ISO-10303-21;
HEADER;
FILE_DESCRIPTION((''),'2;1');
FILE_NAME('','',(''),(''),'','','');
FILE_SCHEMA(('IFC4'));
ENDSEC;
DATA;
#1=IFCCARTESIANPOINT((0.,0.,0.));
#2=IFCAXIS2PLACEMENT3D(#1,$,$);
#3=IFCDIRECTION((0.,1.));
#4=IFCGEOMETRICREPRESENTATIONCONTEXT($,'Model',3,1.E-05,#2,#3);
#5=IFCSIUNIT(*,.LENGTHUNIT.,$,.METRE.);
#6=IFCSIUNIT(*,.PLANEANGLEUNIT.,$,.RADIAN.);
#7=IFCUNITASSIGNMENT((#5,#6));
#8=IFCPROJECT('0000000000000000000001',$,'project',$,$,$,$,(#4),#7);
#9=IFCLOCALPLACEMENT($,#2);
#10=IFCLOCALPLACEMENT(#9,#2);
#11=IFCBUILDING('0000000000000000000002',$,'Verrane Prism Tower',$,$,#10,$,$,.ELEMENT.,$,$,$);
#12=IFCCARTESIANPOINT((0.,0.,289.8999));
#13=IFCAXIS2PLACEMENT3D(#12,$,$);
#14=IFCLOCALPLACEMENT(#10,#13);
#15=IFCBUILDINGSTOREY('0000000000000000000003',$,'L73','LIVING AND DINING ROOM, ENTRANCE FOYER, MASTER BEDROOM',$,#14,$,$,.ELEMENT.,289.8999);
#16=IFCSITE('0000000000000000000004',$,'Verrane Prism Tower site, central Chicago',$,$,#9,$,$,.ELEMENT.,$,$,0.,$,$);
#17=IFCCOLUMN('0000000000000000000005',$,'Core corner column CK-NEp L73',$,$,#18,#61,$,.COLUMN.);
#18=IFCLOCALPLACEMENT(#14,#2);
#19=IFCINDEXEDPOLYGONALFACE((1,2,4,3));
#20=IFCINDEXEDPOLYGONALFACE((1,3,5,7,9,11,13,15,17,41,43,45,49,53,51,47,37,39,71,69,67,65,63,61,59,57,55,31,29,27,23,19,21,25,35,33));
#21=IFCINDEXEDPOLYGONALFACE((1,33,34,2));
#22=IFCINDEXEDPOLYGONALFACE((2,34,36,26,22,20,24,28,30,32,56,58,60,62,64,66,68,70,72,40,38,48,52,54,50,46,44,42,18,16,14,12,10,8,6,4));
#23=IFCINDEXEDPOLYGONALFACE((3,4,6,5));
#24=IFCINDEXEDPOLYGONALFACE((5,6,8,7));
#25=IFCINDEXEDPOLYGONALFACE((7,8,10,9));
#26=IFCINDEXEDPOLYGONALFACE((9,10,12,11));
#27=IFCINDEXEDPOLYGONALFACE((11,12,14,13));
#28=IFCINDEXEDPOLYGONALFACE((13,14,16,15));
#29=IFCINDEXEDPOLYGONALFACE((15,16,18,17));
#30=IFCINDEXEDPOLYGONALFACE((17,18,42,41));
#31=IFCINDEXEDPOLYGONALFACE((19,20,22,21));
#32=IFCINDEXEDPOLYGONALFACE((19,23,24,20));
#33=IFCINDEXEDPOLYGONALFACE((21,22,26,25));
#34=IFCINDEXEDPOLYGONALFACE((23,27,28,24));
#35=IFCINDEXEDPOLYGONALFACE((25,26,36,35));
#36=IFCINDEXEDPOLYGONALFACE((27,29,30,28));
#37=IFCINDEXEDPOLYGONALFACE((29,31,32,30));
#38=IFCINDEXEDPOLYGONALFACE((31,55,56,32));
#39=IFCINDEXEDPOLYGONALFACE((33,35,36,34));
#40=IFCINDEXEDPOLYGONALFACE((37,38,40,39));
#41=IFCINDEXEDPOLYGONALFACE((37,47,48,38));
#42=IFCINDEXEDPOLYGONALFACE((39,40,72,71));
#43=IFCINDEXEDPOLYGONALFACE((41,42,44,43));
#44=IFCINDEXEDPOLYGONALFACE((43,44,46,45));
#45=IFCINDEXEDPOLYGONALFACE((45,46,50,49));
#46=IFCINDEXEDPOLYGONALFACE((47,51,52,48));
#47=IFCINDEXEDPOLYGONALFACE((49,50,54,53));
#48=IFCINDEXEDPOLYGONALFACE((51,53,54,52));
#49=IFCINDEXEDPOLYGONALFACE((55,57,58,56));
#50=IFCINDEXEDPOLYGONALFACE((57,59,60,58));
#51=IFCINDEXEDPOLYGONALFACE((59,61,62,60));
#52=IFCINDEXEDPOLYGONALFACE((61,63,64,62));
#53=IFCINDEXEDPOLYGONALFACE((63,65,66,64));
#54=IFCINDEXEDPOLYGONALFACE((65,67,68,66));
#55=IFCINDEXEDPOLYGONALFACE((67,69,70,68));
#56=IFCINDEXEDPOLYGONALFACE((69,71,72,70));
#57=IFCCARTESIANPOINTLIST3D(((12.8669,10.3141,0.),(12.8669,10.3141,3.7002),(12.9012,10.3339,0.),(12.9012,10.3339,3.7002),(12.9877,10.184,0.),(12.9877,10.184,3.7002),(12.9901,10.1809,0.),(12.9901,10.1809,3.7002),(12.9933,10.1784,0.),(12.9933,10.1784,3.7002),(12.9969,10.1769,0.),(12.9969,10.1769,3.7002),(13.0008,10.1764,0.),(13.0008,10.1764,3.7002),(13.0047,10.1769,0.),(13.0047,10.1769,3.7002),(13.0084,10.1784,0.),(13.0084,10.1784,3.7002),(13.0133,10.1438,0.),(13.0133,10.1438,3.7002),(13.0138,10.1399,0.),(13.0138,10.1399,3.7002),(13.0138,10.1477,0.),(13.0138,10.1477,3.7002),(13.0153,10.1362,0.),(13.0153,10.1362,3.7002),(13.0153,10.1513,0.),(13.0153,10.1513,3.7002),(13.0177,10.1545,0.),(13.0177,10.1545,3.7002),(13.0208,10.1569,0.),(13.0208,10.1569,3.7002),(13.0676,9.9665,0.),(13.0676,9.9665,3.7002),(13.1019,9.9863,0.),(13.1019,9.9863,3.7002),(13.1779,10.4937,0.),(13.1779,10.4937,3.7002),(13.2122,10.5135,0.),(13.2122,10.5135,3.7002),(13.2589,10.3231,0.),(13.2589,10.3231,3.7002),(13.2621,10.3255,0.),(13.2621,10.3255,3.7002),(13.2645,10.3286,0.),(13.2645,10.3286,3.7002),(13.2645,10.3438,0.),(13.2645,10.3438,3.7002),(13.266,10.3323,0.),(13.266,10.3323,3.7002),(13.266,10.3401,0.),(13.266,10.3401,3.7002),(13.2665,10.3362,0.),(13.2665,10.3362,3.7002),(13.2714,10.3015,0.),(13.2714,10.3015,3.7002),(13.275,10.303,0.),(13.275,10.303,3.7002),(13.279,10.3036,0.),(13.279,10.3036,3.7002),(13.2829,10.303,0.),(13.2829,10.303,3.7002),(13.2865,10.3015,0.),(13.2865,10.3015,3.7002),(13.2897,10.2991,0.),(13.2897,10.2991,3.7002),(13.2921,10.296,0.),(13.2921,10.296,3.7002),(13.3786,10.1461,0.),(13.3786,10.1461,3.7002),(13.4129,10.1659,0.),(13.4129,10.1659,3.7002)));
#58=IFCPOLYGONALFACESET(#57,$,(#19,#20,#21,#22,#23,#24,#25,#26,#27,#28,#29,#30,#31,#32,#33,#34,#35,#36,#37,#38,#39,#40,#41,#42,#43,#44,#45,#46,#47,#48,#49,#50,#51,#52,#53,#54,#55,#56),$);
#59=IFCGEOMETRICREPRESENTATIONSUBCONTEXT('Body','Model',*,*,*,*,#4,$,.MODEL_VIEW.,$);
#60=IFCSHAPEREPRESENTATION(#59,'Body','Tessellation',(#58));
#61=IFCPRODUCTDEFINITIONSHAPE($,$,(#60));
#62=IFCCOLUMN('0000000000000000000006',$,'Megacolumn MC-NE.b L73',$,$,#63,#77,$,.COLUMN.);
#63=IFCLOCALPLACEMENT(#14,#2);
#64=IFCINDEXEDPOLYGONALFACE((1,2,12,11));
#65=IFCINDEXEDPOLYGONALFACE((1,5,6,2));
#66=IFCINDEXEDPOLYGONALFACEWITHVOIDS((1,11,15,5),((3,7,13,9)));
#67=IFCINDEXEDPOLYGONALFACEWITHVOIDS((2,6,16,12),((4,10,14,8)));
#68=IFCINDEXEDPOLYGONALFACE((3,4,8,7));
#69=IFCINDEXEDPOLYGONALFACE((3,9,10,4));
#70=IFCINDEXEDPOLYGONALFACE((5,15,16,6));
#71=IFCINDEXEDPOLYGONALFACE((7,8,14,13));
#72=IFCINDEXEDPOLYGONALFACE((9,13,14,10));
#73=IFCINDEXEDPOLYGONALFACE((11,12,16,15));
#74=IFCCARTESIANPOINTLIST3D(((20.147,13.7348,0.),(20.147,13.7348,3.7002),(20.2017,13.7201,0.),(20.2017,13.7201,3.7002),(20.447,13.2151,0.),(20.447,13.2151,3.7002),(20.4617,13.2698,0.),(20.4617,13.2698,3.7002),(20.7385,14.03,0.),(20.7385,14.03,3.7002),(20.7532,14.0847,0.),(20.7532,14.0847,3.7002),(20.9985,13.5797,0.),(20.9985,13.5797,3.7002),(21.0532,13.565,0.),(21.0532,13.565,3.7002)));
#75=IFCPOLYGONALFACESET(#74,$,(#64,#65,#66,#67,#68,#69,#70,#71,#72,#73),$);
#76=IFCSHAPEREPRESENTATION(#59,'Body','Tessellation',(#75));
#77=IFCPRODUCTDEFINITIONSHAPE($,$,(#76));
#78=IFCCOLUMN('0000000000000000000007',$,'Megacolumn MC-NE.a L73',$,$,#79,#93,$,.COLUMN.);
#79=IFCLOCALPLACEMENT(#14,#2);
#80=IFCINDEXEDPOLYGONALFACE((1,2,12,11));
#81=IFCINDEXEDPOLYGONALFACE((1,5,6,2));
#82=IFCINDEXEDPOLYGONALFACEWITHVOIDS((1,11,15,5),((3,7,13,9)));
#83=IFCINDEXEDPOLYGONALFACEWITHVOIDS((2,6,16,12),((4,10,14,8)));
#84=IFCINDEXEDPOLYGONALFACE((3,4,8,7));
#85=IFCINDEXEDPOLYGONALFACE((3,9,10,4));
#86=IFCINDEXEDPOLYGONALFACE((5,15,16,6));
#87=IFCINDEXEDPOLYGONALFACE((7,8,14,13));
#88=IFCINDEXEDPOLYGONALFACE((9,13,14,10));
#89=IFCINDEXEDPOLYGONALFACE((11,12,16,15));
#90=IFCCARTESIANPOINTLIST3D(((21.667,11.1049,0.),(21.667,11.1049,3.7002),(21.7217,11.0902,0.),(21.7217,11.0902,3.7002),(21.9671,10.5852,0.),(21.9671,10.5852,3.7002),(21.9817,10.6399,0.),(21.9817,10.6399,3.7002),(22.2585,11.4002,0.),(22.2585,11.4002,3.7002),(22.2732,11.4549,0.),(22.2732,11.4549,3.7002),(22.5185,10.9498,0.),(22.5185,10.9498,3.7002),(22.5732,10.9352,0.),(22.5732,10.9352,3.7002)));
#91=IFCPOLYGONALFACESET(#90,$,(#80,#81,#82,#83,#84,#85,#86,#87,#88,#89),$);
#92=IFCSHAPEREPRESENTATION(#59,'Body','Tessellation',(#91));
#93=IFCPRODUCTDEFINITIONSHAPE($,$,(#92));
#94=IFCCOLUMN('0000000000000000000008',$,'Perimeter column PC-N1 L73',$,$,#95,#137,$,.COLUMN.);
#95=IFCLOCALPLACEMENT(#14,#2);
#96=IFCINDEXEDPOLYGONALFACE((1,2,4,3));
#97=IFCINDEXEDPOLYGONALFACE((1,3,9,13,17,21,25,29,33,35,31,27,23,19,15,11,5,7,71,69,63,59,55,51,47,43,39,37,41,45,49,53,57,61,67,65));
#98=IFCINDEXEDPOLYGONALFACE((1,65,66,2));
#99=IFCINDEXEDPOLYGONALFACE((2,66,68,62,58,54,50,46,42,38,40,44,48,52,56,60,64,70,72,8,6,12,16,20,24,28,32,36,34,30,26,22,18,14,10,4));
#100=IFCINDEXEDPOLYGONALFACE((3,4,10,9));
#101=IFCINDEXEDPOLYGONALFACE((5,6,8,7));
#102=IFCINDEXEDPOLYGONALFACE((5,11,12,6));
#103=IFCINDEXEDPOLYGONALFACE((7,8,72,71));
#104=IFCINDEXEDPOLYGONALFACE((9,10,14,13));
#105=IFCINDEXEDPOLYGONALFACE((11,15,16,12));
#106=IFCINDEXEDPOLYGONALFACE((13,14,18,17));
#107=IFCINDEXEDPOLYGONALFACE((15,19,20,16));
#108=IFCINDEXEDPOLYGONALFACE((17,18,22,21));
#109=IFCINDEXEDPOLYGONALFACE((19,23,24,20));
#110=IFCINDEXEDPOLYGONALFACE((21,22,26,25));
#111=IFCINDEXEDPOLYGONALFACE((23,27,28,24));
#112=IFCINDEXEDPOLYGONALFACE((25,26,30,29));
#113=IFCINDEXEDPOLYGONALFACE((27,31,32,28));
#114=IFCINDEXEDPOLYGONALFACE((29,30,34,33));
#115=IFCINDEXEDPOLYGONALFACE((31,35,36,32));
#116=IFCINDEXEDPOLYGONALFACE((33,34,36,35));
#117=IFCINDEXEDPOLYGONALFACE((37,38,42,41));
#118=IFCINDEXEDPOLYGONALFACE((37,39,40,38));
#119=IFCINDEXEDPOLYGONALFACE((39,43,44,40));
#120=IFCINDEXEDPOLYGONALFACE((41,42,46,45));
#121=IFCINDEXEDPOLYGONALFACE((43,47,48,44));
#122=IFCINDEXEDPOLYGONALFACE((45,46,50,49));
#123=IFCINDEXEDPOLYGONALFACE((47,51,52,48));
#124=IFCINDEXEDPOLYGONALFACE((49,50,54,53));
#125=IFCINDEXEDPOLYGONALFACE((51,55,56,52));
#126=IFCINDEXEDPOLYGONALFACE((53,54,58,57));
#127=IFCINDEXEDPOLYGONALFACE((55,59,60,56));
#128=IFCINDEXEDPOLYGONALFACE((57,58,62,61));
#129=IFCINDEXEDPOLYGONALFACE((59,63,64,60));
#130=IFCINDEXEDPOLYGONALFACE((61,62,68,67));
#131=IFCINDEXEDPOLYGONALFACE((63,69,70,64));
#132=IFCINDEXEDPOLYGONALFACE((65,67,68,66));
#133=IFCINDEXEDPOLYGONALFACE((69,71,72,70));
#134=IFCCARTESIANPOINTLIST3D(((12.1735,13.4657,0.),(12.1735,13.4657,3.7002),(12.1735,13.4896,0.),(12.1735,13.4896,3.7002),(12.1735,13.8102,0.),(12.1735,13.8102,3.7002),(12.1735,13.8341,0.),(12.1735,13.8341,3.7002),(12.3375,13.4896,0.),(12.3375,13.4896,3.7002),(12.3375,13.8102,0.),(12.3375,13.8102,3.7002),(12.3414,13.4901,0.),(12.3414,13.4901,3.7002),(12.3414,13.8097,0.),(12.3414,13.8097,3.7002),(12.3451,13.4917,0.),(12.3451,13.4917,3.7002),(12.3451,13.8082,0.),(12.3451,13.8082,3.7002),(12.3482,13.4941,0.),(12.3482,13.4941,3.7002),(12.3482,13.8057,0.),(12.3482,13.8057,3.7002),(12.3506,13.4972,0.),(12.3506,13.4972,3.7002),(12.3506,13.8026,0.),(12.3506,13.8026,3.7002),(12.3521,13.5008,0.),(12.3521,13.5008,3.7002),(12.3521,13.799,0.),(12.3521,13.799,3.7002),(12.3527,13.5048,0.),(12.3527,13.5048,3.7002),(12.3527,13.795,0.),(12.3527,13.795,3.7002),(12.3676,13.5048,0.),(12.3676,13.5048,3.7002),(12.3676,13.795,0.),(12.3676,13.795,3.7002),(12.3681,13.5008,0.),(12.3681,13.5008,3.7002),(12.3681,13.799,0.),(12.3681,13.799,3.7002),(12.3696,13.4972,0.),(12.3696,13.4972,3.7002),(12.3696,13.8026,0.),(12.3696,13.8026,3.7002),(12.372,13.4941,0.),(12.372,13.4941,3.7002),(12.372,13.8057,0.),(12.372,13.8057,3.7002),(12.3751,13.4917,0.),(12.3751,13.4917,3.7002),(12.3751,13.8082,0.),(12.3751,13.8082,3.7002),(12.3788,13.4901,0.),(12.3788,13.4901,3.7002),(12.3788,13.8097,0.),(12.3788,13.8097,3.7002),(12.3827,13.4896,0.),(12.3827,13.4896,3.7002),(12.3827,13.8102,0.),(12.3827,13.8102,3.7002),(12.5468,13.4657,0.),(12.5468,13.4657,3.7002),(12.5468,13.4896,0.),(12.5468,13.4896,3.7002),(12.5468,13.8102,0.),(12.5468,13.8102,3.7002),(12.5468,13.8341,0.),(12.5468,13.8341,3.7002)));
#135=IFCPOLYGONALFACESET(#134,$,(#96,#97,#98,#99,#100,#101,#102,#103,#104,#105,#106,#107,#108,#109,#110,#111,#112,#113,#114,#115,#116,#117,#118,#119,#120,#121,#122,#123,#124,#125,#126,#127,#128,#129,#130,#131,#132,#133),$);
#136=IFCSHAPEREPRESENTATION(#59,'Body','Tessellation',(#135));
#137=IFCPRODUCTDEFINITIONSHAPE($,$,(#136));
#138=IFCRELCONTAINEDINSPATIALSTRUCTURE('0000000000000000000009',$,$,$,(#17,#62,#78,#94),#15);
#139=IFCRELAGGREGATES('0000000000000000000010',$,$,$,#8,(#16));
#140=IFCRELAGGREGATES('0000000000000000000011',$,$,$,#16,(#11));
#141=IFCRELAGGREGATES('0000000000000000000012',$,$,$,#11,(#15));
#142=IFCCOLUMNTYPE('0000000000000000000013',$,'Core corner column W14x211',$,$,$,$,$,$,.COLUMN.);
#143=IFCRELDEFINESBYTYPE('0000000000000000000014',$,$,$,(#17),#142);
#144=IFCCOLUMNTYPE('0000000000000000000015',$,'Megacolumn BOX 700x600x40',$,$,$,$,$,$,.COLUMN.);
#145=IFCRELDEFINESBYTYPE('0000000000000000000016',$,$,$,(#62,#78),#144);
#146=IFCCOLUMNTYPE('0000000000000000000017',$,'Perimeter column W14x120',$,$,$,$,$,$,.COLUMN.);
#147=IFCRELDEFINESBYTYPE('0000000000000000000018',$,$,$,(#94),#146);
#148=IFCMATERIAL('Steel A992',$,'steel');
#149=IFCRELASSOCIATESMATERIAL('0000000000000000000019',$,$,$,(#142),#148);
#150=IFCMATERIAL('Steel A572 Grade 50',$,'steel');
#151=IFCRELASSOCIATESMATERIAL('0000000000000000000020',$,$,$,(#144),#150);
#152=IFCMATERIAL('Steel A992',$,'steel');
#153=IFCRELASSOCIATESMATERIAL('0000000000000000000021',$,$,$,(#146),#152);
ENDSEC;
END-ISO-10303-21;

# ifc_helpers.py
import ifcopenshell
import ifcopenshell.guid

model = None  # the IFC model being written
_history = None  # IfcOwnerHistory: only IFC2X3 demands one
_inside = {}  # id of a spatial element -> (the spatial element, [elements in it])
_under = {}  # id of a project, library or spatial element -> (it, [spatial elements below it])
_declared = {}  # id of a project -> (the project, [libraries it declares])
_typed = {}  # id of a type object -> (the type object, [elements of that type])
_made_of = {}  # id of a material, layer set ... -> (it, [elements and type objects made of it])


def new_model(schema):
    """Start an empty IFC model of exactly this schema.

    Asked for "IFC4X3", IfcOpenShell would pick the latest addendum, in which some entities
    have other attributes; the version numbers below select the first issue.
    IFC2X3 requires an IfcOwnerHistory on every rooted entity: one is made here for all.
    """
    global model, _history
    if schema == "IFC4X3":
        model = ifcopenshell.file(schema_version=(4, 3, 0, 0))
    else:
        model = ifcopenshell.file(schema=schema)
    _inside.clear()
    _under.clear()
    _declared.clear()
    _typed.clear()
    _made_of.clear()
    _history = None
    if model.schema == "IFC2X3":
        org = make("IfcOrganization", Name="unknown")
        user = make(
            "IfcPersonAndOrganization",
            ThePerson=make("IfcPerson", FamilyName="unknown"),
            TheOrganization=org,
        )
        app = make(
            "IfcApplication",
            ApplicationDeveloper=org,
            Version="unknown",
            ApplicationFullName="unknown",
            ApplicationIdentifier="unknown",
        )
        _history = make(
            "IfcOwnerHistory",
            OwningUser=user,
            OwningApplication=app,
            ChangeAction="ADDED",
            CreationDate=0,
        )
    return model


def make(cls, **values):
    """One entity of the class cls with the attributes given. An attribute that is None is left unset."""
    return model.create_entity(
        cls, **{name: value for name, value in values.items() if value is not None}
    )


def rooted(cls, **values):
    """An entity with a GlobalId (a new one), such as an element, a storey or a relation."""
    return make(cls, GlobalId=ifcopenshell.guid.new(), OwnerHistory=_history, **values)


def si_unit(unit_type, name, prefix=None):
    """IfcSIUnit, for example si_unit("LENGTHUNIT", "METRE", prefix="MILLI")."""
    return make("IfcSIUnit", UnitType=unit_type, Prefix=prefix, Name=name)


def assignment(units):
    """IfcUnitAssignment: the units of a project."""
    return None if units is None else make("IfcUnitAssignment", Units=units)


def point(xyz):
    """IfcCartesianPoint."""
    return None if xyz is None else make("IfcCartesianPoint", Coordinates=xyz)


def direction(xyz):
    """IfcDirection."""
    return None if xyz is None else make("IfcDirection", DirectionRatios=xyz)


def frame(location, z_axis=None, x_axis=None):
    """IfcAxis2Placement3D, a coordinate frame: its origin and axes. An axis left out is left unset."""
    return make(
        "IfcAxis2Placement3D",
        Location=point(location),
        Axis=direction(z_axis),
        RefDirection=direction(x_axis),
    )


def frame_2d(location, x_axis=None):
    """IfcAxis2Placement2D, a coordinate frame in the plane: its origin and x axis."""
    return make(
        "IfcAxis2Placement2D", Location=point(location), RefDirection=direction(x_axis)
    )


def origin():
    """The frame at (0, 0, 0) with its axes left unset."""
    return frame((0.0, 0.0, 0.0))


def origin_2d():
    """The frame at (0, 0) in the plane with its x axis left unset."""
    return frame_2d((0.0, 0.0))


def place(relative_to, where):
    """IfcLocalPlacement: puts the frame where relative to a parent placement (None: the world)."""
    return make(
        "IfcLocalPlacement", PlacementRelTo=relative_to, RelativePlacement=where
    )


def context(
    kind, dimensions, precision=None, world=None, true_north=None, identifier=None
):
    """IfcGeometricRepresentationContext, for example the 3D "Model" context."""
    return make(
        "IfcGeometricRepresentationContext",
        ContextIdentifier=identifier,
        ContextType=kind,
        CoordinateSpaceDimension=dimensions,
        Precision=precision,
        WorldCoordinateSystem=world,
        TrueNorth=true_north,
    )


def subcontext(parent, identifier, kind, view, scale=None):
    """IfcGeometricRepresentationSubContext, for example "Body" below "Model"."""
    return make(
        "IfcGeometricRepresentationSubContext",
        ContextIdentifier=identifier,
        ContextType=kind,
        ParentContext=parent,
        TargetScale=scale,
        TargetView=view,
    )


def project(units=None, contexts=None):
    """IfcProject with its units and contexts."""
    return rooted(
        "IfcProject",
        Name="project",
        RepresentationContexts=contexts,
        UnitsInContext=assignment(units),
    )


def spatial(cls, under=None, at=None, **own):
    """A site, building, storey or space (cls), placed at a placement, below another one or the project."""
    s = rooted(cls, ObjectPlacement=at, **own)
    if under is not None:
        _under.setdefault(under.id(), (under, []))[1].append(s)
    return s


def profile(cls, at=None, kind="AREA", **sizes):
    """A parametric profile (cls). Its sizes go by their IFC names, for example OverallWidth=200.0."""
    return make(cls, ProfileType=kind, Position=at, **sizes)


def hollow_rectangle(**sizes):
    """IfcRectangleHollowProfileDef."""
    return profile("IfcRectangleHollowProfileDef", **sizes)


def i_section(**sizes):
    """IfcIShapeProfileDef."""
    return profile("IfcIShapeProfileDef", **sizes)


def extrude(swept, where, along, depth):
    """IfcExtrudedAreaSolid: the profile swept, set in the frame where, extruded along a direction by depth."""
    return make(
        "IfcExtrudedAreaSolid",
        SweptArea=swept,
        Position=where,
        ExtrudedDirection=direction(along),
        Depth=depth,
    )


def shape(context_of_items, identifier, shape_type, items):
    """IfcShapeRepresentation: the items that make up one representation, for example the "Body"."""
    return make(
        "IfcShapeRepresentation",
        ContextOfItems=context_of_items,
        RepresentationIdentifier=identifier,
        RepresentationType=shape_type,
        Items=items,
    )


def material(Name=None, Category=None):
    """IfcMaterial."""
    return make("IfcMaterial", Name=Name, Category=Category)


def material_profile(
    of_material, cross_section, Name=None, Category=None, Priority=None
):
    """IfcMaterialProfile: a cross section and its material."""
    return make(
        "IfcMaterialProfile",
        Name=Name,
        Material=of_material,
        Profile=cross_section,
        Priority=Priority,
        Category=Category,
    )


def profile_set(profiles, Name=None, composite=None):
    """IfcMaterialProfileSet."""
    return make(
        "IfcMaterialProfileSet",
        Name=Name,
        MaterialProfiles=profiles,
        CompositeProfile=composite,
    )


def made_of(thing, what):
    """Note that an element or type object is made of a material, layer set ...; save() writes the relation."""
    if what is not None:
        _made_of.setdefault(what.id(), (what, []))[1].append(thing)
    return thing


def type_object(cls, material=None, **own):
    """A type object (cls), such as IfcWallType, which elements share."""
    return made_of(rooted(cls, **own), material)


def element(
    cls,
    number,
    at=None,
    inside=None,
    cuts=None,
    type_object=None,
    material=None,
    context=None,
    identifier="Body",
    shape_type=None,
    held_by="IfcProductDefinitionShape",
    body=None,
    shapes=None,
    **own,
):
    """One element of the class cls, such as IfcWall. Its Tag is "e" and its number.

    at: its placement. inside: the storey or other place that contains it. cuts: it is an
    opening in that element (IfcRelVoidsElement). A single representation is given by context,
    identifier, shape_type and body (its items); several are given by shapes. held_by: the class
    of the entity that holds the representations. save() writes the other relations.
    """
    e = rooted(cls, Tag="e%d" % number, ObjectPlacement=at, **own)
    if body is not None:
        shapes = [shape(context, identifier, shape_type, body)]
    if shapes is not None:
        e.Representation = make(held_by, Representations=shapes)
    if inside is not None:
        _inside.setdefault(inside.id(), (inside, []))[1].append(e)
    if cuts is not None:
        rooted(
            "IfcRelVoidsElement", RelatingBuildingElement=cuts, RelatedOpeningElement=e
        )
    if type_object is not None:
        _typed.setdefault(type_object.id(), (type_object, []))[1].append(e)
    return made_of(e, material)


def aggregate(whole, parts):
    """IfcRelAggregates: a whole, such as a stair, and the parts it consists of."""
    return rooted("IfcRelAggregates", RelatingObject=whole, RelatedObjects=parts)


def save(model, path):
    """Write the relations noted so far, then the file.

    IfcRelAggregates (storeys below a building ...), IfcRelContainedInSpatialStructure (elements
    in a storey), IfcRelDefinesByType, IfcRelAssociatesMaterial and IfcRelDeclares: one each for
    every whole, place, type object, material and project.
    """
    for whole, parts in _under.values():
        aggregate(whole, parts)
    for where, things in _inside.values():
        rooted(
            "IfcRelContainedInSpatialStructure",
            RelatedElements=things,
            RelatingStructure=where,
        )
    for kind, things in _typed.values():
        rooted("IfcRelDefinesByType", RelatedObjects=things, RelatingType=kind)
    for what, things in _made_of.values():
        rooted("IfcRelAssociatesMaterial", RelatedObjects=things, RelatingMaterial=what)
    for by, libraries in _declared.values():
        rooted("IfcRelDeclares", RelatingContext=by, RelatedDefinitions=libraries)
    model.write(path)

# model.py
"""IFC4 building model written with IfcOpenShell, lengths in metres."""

from ifc_helpers import new_model, si_unit, direction, frame, origin, origin_2d, place, context, subcontext, project, spatial, hollow_rectangle, i_section, extrude, material, material_profile, profile_set, type_object, element, save


model = new_model("IFC4")

# Units and contexts
model_context = context("Model", 3, precision=1e-05, world=origin(), true_north=direction((0.0, 1.0)))
body_context = subcontext(model_context, "Body", "Model", "MODEL_VIEW")
ifc_project = project(units=[si_unit("LENGTHUNIT", "METRE"), si_unit("PLANEANGLEUNIT", "RADIAN")], contexts=[model_context])

# Site, building, storey
site_placement = place(None, origin())
site = spatial("IfcSite", under=ifc_project, at=site_placement, Name="Verrane Prism Tower site, central Chicago", CompositionType="ELEMENT", RefElevation=0.0)
building_placement = place(site_placement, origin())
building = spatial("IfcBuilding", under=site, at=building_placement, Name="Verrane Prism Tower", CompositionType="ELEMENT")
storey_placement = place(building_placement, frame((0.0, 0.0, 289.8999)))
storey = spatial("IfcBuildingStorey", under=building, at=storey_placement, Name="L73", Description="LIVING AND DINING ROOM, ENTRANCE FOYER, MASTER BEDROOM", CompositionType="ELEMENT", Elevation=289.8999)

# Columns
ifc_material_1 = material(Name="Steel A992", Category="steel")
ifc_material_profile_1 = material_profile(ifc_material_1, i_section(OverallWidth=0.4014, OverallDepth=0.3987, WebThickness=0.0249, FlangeThickness=0.0396, FilletRadius=0.0151, at=origin_2d()), Name="W14x211")
ifc_profile_set_1 = profile_set([ifc_material_profile_1], Name="Steel A992")
column_type_1 = type_object("IfcColumnType", Name="Core corner column W14x211", PredefinedType="COLUMN", material=ifc_profile_set_1)
column_1_placement = place(storey_placement, frame((13.1399, 10.24, 0.0), z_axis=(0.0, 0.0, 1.0), x_axis=(0.5, -0.866025, 0.0)))
element("IfcColumn", 1, at=column_1_placement, inside=storey, type_object=column_type_1, Name="Core corner column CK-NEp L73", PredefinedType="COLUMN", context=body_context, shape_type="SweptSolid", body=[
    extrude(i_section(OverallWidth=0.4014, OverallDepth=0.3987, WebThickness=0.0249, FlangeThickness=0.0396, FilletRadius=0.0151, at=origin_2d()), origin(), (0.0, 0.0, 1.0), 3.7002),
])
ifc_material_2 = material(Name="Steel A572 Grade 50", Category="steel")
ifc_material_profile_2 = material_profile(ifc_material_2, hollow_rectangle(XDim=0.6001, YDim=0.7, WallThickness=0.04, at=origin_2d()), Name="BOX 700x600x40")
ifc_profile_set_2 = profile_set([ifc_material_profile_2], Name="Steel A572 Grade 50")
column_type_2 = type_object("IfcColumnType", Name="Megacolumn BOX 700x600x40", PredefinedType="COLUMN", material=ifc_profile_set_2)
for number, where, z_axis, x_axis, name in (
    (2, (20.6001, 13.6499, 0.0), (0.0, 0.0, 1.0), (0.5, -0.866025, 0.0), "Megacolumn MC-NE.b L73"),
    (3, (22.1201, 11.02, 0.0), (0.0, 0.0, 1.0), (0.5, -0.866025, 0.0), "Megacolumn MC-NE.a L73"),
):
    element("IfcColumn", number, at=place(storey_placement, frame(where, z_axis=z_axis, x_axis=x_axis)), inside=storey, type_object=column_type_2, Name=name, PredefinedType="COLUMN", context=body_context, shape_type="SweptSolid", body=[
        extrude(hollow_rectangle(XDim=0.6001, YDim=0.7, WallThickness=0.04, at=origin_2d()), origin(), (0.0, 0.0, 1.0), 3.7002),
    ])
ifc_material_3 = material(Name="Steel A992", Category="steel")
ifc_material_profile_3 = material_profile(ifc_material_3, i_section(OverallWidth=0.3733, OverallDepth=0.3684, WebThickness=0.0149, FlangeThickness=0.0239, FilletRadius=0.0151, at=origin_2d()), Name="W14x120")
ifc_profile_set_3 = profile_set([ifc_material_profile_3], Name="Steel A992")
column_type_3 = type_object("IfcColumnType", Name="Perimeter column W14x120", PredefinedType="COLUMN", material=ifc_profile_set_3)
column_2_placement = place(storey_placement, frame((12.3601, 13.6499, 0.0), z_axis=(0.0, 0.0, 1.0), x_axis=(1.0, 0.0, 0.0)))
element("IfcColumn", 4, at=column_2_placement, inside=storey, type_object=column_type_3, Name="Perimeter column PC-N1 L73", PredefinedType="COLUMN", context=body_context, shape_type="SweptSolid", body=[
    extrude(i_section(OverallWidth=0.3733, OverallDepth=0.3684, WebThickness=0.0149, FlangeThickness=0.0239, FilletRadius=0.0151, at=origin_2d()), origin(), (0.0, 0.0, 1.0), 3.7002),
])

save(model, "model.ifc")
